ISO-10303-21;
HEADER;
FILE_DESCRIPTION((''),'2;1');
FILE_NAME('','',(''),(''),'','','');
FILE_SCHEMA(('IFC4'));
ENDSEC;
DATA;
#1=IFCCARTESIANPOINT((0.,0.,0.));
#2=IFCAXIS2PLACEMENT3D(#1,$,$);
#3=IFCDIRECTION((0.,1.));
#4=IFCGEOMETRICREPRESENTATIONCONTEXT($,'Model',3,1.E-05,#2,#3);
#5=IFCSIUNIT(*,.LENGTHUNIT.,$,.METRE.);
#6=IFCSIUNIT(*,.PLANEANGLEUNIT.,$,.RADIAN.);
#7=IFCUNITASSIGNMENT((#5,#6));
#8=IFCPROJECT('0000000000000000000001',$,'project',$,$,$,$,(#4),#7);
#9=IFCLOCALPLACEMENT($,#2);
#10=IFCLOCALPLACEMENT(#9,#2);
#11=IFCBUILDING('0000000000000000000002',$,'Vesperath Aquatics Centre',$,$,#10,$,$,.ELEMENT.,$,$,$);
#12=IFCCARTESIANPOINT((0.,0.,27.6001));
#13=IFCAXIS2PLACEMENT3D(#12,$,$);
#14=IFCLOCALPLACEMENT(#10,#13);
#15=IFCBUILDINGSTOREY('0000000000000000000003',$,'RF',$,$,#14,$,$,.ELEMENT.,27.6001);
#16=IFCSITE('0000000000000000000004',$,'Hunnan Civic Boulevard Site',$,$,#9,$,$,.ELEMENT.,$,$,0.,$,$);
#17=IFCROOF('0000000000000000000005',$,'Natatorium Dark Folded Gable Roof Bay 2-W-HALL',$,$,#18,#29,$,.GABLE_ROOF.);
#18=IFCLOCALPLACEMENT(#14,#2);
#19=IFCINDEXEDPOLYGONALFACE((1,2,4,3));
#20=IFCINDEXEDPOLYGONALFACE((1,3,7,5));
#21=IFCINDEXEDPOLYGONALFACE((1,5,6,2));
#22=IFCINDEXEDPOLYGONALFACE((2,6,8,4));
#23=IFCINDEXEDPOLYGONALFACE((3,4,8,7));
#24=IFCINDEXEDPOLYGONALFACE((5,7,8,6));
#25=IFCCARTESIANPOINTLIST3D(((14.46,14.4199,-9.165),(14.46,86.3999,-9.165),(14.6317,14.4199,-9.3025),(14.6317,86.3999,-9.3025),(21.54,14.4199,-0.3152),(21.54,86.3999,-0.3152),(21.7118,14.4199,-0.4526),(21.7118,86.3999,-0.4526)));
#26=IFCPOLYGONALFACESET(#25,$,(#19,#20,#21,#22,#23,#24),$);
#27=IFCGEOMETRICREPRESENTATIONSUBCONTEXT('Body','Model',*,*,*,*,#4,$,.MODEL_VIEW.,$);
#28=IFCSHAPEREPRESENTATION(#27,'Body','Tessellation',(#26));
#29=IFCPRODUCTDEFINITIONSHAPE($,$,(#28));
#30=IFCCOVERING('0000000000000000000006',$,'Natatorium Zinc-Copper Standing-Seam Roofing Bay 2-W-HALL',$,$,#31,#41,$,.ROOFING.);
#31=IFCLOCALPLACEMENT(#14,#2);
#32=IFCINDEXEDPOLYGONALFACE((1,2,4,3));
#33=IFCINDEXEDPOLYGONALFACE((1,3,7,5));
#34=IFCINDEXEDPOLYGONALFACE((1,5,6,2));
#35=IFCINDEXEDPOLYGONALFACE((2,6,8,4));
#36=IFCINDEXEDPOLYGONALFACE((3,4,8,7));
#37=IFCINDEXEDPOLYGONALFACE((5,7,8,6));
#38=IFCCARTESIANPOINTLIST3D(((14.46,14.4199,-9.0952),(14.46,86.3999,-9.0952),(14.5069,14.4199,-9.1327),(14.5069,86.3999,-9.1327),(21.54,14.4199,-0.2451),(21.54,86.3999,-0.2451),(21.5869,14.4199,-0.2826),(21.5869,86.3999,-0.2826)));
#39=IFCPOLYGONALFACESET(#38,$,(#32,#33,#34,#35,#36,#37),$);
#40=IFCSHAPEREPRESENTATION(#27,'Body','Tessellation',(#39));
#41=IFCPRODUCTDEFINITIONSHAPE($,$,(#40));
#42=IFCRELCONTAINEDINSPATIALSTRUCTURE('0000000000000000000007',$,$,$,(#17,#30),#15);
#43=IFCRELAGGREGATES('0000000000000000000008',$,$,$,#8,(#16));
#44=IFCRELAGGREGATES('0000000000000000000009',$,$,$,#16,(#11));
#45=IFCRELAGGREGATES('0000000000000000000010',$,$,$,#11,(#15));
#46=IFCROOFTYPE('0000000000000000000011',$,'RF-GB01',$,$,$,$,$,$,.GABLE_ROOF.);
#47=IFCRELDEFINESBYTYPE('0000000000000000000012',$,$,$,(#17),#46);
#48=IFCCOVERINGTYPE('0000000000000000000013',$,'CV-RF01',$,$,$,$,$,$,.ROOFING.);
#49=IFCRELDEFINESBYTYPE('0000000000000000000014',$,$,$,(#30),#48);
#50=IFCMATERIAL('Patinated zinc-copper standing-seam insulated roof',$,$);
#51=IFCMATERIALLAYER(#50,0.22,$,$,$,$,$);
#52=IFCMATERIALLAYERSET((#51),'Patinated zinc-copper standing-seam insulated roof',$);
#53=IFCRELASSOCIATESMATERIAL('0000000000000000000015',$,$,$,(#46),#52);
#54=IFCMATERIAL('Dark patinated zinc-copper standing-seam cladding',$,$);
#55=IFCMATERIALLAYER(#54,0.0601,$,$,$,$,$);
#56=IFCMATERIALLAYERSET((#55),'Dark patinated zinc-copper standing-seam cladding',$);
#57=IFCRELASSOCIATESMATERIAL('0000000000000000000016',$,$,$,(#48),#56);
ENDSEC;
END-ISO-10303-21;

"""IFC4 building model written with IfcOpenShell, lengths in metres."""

from ifc_helpers import new_model, si_unit, direction, frame, origin, place, context, subcontext, project, spatial, polyline, outline, extrude, material, layer, layer_set, type_object, element, save


model = new_model("IFC4")

# Units and contexts
model_context = context("Model", 3, precision=1e-05, world=origin(), true_north=direction((0.0, 1.0)))
body_context = subcontext(model_context, "Body", "Model", "MODEL_VIEW")
ifc_project = project(units=[si_unit("LENGTHUNIT", "METRE"), si_unit("PLANEANGLEUNIT", "RADIAN")], contexts=[model_context])

# Site, building, storey
site_placement = place(None, origin())
site = spatial("IfcSite", under=ifc_project, at=site_placement, Name="Hunnan Civic Boulevard Site", CompositionType="ELEMENT", RefElevation=0.0)
building_placement = place(site_placement, origin())
building = spatial("IfcBuilding", under=site, at=building_placement, Name="Vesperath Aquatics Centre", CompositionType="ELEMENT")
storey_placement = place(building_placement, frame((0.0, 0.0, 27.6001)))
storey = spatial("IfcBuildingStorey", under=building, at=storey_placement, Name="RF", CompositionType="ELEMENT", Elevation=27.6001)

# Roof
ifc_material_1 = material(Name="Patinated zinc-copper standing-seam insulated roof")
ifc_layer_1 = layer(ifc_material_1, 0.22)
ifc_layer_set_1 = layer_set([ifc_layer_1], Name="Patinated zinc-copper standing-seam insulated roof")
roof_type = type_object("IfcRoofType", Name="RF-GB01", PredefinedType="GABLE_ROOF", material=ifc_layer_set_1)
roof_placement = place(storey_placement, frame((14.46, 14.4199, -9.165), z_axis=(-0.78086, 0.0, 0.624706), x_axis=(0.624706, 0.0, 0.78086)))
element("IfcRoof", 1, at=roof_placement, inside=storey, type_object=roof_type, Name="Natatorium Dark Folded Gable Roof Bay 2-W-HALL", PredefinedType="GABLE_ROOF", context=body_context, shape_type="SweptSolid", body=[
    extrude(outline(polyline([(0.0, 0.0), (11.3335, 0.0), (11.3335, 71.98), (0.0, 71.98), (0.0, 0.0)])), origin(), (0.0, 0.0, -1.0), 0.22),
])

# Covering
ifc_material_2 = material(Name="Dark patinated zinc-copper standing-seam cladding")
ifc_layer_2 = layer(ifc_material_2, 0.0601)
ifc_layer_set_2 = layer_set([ifc_layer_2], Name="Dark patinated zinc-copper standing-seam cladding")
covering_type = type_object("IfcCoveringType", Name="CV-RF01", PredefinedType="ROOFING", material=ifc_layer_set_2)
covering_placement = place(storey_placement, frame((14.46, 14.4199, -9.0952), z_axis=(-0.780869, 0.0, 0.624695), x_axis=(0.624695, 0.0, 0.780869)))
element("IfcCovering", 2, at=covering_placement, inside=storey, type_object=covering_type, Name="Natatorium Zinc-Copper Standing-Seam Roofing Bay 2-W-HALL", PredefinedType="ROOFING", context=body_context, shape_type="SweptSolid", body=[
    extrude(outline(polyline([(0.0, 0.0), (11.3337, 0.0), (11.3337, 71.98), (0.0, 71.98), (0.0, 0.0)])), origin(), (0.0, 0.0, -1.0), 0.0601),
])

save(model, "model.ifc")
